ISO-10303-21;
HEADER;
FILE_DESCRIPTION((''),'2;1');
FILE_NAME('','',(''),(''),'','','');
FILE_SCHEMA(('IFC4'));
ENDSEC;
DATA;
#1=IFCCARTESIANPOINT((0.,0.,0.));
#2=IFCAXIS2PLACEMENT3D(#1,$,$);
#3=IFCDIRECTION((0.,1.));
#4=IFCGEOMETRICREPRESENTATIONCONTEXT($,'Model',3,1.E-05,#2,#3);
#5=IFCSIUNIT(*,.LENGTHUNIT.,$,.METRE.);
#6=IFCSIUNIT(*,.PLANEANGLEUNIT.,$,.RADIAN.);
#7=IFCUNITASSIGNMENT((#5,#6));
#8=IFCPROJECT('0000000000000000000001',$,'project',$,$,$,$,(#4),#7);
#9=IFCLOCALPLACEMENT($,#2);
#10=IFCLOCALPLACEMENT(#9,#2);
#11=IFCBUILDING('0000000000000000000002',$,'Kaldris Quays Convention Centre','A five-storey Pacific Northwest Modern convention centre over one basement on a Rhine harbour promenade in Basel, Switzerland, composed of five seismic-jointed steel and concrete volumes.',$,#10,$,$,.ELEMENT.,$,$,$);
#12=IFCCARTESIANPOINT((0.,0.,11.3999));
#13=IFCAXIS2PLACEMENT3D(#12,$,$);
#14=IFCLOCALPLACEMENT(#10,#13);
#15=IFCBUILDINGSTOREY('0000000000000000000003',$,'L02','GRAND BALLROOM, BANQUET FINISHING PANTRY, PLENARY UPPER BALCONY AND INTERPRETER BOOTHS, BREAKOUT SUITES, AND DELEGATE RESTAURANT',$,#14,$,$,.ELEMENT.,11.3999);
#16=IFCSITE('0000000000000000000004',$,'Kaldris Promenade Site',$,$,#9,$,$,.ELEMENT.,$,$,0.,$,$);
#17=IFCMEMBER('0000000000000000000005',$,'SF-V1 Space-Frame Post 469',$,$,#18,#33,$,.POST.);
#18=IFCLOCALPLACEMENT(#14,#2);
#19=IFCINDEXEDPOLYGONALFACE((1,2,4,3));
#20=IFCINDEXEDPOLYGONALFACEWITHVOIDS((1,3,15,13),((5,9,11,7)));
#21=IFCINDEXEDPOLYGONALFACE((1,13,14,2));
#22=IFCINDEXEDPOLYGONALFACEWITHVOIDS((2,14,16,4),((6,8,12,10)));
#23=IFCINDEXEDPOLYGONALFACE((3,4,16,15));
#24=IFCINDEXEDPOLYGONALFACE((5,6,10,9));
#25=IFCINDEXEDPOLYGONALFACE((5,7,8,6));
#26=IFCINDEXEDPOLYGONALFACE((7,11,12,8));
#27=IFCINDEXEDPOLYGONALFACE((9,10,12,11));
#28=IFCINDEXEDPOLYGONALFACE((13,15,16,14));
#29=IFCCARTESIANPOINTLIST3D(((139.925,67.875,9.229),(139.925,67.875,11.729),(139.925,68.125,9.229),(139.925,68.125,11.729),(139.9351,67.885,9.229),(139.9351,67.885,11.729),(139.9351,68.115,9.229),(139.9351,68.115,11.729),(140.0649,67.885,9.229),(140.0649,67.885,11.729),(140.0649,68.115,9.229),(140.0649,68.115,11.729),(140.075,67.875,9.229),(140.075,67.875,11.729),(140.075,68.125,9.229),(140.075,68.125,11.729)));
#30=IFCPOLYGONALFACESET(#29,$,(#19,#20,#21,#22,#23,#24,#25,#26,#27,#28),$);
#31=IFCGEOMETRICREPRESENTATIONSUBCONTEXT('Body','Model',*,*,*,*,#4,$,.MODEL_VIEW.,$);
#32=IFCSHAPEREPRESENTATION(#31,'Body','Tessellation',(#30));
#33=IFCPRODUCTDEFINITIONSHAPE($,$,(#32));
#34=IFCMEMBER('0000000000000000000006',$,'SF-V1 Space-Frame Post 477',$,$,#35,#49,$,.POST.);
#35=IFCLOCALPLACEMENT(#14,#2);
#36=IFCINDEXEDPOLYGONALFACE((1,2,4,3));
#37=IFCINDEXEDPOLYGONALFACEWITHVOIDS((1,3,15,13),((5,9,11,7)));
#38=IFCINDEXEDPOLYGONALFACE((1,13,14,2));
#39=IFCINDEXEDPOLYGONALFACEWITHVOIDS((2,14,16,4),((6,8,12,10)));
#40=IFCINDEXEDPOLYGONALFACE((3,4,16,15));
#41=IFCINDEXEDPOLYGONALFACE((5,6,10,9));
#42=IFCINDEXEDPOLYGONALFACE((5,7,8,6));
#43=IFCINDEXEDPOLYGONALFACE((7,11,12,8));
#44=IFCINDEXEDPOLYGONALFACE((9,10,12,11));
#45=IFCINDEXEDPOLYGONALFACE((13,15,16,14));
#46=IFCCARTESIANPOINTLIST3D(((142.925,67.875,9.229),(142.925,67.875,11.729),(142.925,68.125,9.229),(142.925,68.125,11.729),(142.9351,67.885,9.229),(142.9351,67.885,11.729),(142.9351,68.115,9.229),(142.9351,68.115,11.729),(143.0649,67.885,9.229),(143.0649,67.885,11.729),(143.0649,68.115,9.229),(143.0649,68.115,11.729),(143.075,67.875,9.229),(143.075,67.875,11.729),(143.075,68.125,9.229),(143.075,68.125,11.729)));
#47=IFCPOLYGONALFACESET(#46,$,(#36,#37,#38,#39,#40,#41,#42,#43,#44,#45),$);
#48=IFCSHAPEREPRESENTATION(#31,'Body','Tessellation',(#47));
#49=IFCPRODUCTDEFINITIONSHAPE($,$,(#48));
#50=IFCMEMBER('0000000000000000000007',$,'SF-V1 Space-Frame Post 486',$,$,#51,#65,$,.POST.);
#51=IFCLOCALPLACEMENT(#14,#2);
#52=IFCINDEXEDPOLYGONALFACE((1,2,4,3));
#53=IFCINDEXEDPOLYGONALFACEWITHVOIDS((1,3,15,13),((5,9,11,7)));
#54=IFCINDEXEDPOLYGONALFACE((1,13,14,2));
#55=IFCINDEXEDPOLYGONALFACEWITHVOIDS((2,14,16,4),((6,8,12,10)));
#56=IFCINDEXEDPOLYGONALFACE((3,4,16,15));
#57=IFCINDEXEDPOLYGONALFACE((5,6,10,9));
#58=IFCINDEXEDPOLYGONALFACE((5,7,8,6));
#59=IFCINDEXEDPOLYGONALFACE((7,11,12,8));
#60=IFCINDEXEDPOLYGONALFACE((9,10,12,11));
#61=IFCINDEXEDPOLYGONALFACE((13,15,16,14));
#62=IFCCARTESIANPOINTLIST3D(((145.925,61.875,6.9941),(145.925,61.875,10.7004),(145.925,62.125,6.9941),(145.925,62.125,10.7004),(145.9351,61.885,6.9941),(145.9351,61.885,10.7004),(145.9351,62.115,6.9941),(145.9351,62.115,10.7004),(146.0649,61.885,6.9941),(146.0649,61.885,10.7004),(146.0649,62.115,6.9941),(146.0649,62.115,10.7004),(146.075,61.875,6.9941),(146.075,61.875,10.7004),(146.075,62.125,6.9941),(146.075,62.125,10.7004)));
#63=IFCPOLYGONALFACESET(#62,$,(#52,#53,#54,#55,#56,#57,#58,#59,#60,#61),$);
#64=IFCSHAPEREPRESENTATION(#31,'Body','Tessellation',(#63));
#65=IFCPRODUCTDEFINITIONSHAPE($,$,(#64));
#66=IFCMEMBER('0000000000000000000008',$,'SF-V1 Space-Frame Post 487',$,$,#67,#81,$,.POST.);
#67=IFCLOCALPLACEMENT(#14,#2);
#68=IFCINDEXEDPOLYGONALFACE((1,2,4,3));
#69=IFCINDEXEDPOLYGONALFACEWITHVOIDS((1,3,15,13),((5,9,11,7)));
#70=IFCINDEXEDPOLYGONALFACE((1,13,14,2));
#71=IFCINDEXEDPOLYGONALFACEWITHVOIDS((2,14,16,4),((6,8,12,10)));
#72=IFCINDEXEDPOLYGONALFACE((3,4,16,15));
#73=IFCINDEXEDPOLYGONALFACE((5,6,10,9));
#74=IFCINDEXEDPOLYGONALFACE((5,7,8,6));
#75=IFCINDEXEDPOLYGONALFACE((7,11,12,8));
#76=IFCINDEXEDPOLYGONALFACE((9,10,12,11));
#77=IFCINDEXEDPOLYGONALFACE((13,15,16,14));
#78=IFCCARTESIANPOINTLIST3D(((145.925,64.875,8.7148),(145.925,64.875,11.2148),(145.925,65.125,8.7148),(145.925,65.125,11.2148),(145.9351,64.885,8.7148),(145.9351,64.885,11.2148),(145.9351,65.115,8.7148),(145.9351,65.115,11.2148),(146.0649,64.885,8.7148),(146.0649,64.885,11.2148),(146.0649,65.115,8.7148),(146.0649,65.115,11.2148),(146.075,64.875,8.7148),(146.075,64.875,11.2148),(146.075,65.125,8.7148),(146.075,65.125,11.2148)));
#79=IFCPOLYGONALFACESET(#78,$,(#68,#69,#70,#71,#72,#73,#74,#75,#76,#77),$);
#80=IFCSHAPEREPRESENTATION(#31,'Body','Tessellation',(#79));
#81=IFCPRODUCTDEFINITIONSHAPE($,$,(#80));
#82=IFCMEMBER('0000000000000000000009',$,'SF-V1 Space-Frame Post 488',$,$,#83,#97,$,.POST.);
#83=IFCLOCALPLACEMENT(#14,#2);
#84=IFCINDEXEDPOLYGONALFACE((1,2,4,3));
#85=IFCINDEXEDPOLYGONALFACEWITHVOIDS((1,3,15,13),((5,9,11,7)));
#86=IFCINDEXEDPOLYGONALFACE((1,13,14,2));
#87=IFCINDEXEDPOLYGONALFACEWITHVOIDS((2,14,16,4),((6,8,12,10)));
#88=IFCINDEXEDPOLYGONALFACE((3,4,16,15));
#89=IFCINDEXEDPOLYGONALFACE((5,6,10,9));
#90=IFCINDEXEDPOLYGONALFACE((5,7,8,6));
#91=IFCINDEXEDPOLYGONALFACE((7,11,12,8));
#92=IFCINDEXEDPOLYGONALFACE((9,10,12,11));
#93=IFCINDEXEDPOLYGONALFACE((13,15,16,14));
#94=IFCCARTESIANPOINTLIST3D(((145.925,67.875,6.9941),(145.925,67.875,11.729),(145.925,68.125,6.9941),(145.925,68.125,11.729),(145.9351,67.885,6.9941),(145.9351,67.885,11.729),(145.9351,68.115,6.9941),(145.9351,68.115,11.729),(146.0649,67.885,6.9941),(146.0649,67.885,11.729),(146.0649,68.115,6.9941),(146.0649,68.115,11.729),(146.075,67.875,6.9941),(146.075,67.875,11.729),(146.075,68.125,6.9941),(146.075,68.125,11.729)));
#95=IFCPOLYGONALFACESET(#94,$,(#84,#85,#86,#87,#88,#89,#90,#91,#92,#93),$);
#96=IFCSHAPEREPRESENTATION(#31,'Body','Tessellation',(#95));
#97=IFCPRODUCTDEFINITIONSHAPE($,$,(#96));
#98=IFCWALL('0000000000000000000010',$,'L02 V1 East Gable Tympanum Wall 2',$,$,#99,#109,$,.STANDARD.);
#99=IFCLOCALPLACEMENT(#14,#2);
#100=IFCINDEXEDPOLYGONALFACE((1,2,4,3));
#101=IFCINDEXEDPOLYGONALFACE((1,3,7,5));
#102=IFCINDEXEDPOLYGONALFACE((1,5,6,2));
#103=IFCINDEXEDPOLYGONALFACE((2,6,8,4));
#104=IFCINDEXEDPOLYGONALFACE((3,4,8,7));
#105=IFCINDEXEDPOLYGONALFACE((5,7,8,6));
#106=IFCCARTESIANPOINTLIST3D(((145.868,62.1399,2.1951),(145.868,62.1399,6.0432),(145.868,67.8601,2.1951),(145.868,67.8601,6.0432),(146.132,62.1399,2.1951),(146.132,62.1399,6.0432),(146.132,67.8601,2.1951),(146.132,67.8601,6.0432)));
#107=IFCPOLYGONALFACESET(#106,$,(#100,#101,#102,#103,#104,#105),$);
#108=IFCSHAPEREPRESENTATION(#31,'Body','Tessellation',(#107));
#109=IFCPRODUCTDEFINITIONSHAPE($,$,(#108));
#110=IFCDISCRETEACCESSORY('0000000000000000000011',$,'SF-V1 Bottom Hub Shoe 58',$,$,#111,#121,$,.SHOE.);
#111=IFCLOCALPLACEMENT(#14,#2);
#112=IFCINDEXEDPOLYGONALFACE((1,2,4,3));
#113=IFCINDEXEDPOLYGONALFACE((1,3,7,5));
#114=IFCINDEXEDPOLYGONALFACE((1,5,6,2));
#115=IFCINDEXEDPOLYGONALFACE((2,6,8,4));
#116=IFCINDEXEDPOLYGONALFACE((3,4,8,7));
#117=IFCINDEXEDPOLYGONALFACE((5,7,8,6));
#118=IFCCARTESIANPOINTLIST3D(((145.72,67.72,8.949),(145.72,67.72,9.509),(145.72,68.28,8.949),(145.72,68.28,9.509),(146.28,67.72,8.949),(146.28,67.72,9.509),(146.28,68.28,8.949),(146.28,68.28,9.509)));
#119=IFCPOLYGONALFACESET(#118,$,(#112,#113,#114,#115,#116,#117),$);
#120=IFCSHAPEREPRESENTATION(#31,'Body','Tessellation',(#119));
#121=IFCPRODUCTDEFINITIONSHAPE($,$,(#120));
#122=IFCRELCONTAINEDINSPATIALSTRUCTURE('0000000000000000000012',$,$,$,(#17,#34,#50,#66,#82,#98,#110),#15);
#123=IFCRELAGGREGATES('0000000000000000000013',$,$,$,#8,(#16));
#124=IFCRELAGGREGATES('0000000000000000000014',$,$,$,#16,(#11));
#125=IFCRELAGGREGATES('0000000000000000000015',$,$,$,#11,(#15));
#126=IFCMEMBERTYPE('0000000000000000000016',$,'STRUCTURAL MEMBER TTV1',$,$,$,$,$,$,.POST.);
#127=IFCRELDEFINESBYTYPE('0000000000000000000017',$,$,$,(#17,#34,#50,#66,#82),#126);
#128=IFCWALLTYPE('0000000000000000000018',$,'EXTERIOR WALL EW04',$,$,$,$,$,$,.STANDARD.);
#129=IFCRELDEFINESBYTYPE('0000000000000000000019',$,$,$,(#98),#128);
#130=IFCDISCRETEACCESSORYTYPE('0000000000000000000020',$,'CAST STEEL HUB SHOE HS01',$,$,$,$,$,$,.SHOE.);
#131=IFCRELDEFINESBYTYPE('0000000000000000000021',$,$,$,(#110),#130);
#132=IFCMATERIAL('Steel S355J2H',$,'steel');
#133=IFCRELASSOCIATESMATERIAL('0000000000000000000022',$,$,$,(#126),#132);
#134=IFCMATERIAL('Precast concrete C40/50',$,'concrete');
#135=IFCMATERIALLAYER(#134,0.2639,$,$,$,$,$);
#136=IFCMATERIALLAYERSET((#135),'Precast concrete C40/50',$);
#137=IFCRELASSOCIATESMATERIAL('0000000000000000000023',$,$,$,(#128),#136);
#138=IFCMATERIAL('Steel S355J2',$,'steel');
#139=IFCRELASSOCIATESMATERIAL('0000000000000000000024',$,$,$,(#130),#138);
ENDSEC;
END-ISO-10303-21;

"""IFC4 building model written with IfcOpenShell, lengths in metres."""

from ifc_helpers import new_model, si_unit, direction, frame, frame_2d, origin, origin_2d, place, context, subcontext, project, spatial, rectangle, hollow_rectangle, extrude, material, layer, layer_set, material_profile, profile_set, type_object, element, save


model = new_model("IFC4")

# Units and contexts
model_context = context("Model", 3, precision=1e-05, world=origin(), true_north=direction((0.0, 1.0)))
body_context = subcontext(model_context, "Body", "Model", "MODEL_VIEW")
ifc_project = project(units=[si_unit("LENGTHUNIT", "METRE"), si_unit("PLANEANGLEUNIT", "RADIAN")], contexts=[model_context])

# Site, building, storey
site_placement = place(None, origin())
site = spatial("IfcSite", under=ifc_project, at=site_placement, Name="Kaldris Promenade Site", CompositionType="ELEMENT", RefElevation=0.0)
building_placement = place(site_placement, origin())
building = spatial("IfcBuilding", under=site, at=building_placement, Name="Kaldris Quays Convention Centre", Description="A five-storey Pacific Northwest Modern convention centre over one basement on a Rhine harbour promenade in Basel, Switzerland, composed of five seismic-jointed steel and concrete volumes.", CompositionType="ELEMENT")
storey_placement = place(building_placement, frame((0.0, 0.0, 11.3999)))
storey = spatial("IfcBuildingStorey", under=building, at=storey_placement, Name="L02", Description="GRAND BALLROOM, BANQUET FINISHING PANTRY, PLENARY UPPER BALCONY AND INTERPRETER BOOTHS, BREAKOUT SUITES, AND DELEGATE RESTAURANT", CompositionType="ELEMENT", Elevation=11.3999)

# Shared definitions
ifc_material_1 = material(Name="Steel S355J2", Category="steel")

# Members
ifc_material_2 = material(Name="Steel S355J2H", Category="steel")
ifc_material_profile_1 = material_profile(ifc_material_2, hollow_rectangle(XDim=0.1499, YDim=0.25, WallThickness=0.01, at=origin_2d()), Name="RHS 250x150x10")
ifc_profile_set_1 = profile_set([ifc_material_profile_1], Name="Steel S355J2H")
member_type_1 = type_object("IfcMemberType", Name="STRUCTURAL MEMBER TTV1", PredefinedType="POST", material=ifc_profile_set_1)
for number, where, z_axis, x_axis, name in (
    (1, (140.0, 68.0, 9.229), (0.0, 0.0, 1.0), (1.0, 0.0, 0.0), "SF-V1 Space-Frame Post 469"),
    (2, (143.0, 68.0, 9.229), (0.0, 0.0, 1.0), (1.0, 0.0, 0.0), "SF-V1 Space-Frame Post 477"),
):
    element("IfcMember", number, at=place(storey_placement, frame(where, z_axis=z_axis, x_axis=x_axis)), inside=storey, type_object=member_type_1, Name=name, PredefinedType="POST", context=body_context, shape_type="SweptSolid", body=[
        extrude(hollow_rectangle(XDim=0.1499, YDim=0.25, WallThickness=0.01, at=origin_2d()), origin(), (0.0, 0.0, 1.0), 2.5),
    ])
member_1_placement = place(storey_placement, frame((146.0, 62.0, 6.9941), z_axis=(0.0, 0.0, 1.0), x_axis=(1.0, 0.0, 0.0)))
element("IfcMember", 3, at=member_1_placement, inside=storey, type_object=member_type_1, Name="SF-V1 Space-Frame Post 486", PredefinedType="POST", context=body_context, shape_type="SweptSolid", body=[
    extrude(hollow_rectangle(XDim=0.1499, YDim=0.25, WallThickness=0.01, at=origin_2d()), origin(), (0.0, 0.0, 1.0), 3.7063),
])
member_2_placement = place(storey_placement, frame((146.0, 65.0, 8.7148), z_axis=(0.0, 0.0, 1.0), x_axis=(1.0, 0.0, 0.0)))
element("IfcMember", 4, at=member_2_placement, inside=storey, type_object=member_type_1, Name="SF-V1 Space-Frame Post 487", PredefinedType="POST", context=body_context, shape_type="SweptSolid", body=[
    extrude(hollow_rectangle(XDim=0.1499, YDim=0.25, WallThickness=0.01, at=origin_2d()), origin(), (0.0, 0.0, 1.0), 2.5),
])
member_3_placement = place(storey_placement, frame((146.0, 68.0, 6.9941), z_axis=(0.0, 0.0, 1.0), x_axis=(1.0, 0.0, 0.0)))
element("IfcMember", 5, at=member_3_placement, inside=storey, type_object=member_type_1, Name="SF-V1 Space-Frame Post 488", PredefinedType="POST", context=body_context, shape_type="SweptSolid", body=[
    extrude(hollow_rectangle(XDim=0.1499, YDim=0.25, WallThickness=0.01, at=origin_2d()), origin(), (0.0, 0.0, 1.0), 4.7349),
])

# Wall
ifc_material_3 = material(Name="Precast concrete C40/50", Category="concrete")
ifc_layer = layer(ifc_material_3, 0.2639)
ifc_layer_set = layer_set([ifc_layer], Name="Precast concrete C40/50")
wall_type = type_object("IfcWallType", Name="EXTERIOR WALL EW04", PredefinedType="STANDARD", material=ifc_layer_set)
wall_placement = place(storey_placement, frame((146.0, 62.1399, 2.1951), z_axis=(0.0, 0.0, 1.0), x_axis=(0.0, 1.0, 0.0)))
element("IfcWall", 6, at=wall_placement, inside=storey, type_object=wall_type, Name="L02 V1 East Gable Tympanum Wall 2", PredefinedType="STANDARD", context=body_context, shape_type="SweptSolid", body=[
    extrude(rectangle(XDim=5.7202, YDim=0.2639, at=frame_2d((2.8601, 0.0))), origin(), (0.0, 0.0, 1.0), 3.8481),
])

# Discrete accessory
discrete_accessory_type = type_object("IfcDiscreteAccessoryType", Name="CAST STEEL HUB SHOE HS01", PredefinedType="SHOE", material=ifc_material_1)
discrete_accessory_placement = place(storey_placement, frame((146.0, 68.0, 8.949), z_axis=(0.0, 0.0, 1.0), x_axis=(1.0, 0.0, 0.0)))
element("IfcDiscreteAccessory", 7, at=discrete_accessory_placement, inside=storey, type_object=discrete_accessory_type, Name="SF-V1 Bottom Hub Shoe 58", PredefinedType="SHOE", context=body_context, shape_type="SweptSolid", body=[
    extrude(rectangle(XDim=0.5601, YDim=0.5601, at=origin_2d()), origin(), (0.0, 0.0, 1.0), 0.5601),
])

save(model, "model.ifc")
